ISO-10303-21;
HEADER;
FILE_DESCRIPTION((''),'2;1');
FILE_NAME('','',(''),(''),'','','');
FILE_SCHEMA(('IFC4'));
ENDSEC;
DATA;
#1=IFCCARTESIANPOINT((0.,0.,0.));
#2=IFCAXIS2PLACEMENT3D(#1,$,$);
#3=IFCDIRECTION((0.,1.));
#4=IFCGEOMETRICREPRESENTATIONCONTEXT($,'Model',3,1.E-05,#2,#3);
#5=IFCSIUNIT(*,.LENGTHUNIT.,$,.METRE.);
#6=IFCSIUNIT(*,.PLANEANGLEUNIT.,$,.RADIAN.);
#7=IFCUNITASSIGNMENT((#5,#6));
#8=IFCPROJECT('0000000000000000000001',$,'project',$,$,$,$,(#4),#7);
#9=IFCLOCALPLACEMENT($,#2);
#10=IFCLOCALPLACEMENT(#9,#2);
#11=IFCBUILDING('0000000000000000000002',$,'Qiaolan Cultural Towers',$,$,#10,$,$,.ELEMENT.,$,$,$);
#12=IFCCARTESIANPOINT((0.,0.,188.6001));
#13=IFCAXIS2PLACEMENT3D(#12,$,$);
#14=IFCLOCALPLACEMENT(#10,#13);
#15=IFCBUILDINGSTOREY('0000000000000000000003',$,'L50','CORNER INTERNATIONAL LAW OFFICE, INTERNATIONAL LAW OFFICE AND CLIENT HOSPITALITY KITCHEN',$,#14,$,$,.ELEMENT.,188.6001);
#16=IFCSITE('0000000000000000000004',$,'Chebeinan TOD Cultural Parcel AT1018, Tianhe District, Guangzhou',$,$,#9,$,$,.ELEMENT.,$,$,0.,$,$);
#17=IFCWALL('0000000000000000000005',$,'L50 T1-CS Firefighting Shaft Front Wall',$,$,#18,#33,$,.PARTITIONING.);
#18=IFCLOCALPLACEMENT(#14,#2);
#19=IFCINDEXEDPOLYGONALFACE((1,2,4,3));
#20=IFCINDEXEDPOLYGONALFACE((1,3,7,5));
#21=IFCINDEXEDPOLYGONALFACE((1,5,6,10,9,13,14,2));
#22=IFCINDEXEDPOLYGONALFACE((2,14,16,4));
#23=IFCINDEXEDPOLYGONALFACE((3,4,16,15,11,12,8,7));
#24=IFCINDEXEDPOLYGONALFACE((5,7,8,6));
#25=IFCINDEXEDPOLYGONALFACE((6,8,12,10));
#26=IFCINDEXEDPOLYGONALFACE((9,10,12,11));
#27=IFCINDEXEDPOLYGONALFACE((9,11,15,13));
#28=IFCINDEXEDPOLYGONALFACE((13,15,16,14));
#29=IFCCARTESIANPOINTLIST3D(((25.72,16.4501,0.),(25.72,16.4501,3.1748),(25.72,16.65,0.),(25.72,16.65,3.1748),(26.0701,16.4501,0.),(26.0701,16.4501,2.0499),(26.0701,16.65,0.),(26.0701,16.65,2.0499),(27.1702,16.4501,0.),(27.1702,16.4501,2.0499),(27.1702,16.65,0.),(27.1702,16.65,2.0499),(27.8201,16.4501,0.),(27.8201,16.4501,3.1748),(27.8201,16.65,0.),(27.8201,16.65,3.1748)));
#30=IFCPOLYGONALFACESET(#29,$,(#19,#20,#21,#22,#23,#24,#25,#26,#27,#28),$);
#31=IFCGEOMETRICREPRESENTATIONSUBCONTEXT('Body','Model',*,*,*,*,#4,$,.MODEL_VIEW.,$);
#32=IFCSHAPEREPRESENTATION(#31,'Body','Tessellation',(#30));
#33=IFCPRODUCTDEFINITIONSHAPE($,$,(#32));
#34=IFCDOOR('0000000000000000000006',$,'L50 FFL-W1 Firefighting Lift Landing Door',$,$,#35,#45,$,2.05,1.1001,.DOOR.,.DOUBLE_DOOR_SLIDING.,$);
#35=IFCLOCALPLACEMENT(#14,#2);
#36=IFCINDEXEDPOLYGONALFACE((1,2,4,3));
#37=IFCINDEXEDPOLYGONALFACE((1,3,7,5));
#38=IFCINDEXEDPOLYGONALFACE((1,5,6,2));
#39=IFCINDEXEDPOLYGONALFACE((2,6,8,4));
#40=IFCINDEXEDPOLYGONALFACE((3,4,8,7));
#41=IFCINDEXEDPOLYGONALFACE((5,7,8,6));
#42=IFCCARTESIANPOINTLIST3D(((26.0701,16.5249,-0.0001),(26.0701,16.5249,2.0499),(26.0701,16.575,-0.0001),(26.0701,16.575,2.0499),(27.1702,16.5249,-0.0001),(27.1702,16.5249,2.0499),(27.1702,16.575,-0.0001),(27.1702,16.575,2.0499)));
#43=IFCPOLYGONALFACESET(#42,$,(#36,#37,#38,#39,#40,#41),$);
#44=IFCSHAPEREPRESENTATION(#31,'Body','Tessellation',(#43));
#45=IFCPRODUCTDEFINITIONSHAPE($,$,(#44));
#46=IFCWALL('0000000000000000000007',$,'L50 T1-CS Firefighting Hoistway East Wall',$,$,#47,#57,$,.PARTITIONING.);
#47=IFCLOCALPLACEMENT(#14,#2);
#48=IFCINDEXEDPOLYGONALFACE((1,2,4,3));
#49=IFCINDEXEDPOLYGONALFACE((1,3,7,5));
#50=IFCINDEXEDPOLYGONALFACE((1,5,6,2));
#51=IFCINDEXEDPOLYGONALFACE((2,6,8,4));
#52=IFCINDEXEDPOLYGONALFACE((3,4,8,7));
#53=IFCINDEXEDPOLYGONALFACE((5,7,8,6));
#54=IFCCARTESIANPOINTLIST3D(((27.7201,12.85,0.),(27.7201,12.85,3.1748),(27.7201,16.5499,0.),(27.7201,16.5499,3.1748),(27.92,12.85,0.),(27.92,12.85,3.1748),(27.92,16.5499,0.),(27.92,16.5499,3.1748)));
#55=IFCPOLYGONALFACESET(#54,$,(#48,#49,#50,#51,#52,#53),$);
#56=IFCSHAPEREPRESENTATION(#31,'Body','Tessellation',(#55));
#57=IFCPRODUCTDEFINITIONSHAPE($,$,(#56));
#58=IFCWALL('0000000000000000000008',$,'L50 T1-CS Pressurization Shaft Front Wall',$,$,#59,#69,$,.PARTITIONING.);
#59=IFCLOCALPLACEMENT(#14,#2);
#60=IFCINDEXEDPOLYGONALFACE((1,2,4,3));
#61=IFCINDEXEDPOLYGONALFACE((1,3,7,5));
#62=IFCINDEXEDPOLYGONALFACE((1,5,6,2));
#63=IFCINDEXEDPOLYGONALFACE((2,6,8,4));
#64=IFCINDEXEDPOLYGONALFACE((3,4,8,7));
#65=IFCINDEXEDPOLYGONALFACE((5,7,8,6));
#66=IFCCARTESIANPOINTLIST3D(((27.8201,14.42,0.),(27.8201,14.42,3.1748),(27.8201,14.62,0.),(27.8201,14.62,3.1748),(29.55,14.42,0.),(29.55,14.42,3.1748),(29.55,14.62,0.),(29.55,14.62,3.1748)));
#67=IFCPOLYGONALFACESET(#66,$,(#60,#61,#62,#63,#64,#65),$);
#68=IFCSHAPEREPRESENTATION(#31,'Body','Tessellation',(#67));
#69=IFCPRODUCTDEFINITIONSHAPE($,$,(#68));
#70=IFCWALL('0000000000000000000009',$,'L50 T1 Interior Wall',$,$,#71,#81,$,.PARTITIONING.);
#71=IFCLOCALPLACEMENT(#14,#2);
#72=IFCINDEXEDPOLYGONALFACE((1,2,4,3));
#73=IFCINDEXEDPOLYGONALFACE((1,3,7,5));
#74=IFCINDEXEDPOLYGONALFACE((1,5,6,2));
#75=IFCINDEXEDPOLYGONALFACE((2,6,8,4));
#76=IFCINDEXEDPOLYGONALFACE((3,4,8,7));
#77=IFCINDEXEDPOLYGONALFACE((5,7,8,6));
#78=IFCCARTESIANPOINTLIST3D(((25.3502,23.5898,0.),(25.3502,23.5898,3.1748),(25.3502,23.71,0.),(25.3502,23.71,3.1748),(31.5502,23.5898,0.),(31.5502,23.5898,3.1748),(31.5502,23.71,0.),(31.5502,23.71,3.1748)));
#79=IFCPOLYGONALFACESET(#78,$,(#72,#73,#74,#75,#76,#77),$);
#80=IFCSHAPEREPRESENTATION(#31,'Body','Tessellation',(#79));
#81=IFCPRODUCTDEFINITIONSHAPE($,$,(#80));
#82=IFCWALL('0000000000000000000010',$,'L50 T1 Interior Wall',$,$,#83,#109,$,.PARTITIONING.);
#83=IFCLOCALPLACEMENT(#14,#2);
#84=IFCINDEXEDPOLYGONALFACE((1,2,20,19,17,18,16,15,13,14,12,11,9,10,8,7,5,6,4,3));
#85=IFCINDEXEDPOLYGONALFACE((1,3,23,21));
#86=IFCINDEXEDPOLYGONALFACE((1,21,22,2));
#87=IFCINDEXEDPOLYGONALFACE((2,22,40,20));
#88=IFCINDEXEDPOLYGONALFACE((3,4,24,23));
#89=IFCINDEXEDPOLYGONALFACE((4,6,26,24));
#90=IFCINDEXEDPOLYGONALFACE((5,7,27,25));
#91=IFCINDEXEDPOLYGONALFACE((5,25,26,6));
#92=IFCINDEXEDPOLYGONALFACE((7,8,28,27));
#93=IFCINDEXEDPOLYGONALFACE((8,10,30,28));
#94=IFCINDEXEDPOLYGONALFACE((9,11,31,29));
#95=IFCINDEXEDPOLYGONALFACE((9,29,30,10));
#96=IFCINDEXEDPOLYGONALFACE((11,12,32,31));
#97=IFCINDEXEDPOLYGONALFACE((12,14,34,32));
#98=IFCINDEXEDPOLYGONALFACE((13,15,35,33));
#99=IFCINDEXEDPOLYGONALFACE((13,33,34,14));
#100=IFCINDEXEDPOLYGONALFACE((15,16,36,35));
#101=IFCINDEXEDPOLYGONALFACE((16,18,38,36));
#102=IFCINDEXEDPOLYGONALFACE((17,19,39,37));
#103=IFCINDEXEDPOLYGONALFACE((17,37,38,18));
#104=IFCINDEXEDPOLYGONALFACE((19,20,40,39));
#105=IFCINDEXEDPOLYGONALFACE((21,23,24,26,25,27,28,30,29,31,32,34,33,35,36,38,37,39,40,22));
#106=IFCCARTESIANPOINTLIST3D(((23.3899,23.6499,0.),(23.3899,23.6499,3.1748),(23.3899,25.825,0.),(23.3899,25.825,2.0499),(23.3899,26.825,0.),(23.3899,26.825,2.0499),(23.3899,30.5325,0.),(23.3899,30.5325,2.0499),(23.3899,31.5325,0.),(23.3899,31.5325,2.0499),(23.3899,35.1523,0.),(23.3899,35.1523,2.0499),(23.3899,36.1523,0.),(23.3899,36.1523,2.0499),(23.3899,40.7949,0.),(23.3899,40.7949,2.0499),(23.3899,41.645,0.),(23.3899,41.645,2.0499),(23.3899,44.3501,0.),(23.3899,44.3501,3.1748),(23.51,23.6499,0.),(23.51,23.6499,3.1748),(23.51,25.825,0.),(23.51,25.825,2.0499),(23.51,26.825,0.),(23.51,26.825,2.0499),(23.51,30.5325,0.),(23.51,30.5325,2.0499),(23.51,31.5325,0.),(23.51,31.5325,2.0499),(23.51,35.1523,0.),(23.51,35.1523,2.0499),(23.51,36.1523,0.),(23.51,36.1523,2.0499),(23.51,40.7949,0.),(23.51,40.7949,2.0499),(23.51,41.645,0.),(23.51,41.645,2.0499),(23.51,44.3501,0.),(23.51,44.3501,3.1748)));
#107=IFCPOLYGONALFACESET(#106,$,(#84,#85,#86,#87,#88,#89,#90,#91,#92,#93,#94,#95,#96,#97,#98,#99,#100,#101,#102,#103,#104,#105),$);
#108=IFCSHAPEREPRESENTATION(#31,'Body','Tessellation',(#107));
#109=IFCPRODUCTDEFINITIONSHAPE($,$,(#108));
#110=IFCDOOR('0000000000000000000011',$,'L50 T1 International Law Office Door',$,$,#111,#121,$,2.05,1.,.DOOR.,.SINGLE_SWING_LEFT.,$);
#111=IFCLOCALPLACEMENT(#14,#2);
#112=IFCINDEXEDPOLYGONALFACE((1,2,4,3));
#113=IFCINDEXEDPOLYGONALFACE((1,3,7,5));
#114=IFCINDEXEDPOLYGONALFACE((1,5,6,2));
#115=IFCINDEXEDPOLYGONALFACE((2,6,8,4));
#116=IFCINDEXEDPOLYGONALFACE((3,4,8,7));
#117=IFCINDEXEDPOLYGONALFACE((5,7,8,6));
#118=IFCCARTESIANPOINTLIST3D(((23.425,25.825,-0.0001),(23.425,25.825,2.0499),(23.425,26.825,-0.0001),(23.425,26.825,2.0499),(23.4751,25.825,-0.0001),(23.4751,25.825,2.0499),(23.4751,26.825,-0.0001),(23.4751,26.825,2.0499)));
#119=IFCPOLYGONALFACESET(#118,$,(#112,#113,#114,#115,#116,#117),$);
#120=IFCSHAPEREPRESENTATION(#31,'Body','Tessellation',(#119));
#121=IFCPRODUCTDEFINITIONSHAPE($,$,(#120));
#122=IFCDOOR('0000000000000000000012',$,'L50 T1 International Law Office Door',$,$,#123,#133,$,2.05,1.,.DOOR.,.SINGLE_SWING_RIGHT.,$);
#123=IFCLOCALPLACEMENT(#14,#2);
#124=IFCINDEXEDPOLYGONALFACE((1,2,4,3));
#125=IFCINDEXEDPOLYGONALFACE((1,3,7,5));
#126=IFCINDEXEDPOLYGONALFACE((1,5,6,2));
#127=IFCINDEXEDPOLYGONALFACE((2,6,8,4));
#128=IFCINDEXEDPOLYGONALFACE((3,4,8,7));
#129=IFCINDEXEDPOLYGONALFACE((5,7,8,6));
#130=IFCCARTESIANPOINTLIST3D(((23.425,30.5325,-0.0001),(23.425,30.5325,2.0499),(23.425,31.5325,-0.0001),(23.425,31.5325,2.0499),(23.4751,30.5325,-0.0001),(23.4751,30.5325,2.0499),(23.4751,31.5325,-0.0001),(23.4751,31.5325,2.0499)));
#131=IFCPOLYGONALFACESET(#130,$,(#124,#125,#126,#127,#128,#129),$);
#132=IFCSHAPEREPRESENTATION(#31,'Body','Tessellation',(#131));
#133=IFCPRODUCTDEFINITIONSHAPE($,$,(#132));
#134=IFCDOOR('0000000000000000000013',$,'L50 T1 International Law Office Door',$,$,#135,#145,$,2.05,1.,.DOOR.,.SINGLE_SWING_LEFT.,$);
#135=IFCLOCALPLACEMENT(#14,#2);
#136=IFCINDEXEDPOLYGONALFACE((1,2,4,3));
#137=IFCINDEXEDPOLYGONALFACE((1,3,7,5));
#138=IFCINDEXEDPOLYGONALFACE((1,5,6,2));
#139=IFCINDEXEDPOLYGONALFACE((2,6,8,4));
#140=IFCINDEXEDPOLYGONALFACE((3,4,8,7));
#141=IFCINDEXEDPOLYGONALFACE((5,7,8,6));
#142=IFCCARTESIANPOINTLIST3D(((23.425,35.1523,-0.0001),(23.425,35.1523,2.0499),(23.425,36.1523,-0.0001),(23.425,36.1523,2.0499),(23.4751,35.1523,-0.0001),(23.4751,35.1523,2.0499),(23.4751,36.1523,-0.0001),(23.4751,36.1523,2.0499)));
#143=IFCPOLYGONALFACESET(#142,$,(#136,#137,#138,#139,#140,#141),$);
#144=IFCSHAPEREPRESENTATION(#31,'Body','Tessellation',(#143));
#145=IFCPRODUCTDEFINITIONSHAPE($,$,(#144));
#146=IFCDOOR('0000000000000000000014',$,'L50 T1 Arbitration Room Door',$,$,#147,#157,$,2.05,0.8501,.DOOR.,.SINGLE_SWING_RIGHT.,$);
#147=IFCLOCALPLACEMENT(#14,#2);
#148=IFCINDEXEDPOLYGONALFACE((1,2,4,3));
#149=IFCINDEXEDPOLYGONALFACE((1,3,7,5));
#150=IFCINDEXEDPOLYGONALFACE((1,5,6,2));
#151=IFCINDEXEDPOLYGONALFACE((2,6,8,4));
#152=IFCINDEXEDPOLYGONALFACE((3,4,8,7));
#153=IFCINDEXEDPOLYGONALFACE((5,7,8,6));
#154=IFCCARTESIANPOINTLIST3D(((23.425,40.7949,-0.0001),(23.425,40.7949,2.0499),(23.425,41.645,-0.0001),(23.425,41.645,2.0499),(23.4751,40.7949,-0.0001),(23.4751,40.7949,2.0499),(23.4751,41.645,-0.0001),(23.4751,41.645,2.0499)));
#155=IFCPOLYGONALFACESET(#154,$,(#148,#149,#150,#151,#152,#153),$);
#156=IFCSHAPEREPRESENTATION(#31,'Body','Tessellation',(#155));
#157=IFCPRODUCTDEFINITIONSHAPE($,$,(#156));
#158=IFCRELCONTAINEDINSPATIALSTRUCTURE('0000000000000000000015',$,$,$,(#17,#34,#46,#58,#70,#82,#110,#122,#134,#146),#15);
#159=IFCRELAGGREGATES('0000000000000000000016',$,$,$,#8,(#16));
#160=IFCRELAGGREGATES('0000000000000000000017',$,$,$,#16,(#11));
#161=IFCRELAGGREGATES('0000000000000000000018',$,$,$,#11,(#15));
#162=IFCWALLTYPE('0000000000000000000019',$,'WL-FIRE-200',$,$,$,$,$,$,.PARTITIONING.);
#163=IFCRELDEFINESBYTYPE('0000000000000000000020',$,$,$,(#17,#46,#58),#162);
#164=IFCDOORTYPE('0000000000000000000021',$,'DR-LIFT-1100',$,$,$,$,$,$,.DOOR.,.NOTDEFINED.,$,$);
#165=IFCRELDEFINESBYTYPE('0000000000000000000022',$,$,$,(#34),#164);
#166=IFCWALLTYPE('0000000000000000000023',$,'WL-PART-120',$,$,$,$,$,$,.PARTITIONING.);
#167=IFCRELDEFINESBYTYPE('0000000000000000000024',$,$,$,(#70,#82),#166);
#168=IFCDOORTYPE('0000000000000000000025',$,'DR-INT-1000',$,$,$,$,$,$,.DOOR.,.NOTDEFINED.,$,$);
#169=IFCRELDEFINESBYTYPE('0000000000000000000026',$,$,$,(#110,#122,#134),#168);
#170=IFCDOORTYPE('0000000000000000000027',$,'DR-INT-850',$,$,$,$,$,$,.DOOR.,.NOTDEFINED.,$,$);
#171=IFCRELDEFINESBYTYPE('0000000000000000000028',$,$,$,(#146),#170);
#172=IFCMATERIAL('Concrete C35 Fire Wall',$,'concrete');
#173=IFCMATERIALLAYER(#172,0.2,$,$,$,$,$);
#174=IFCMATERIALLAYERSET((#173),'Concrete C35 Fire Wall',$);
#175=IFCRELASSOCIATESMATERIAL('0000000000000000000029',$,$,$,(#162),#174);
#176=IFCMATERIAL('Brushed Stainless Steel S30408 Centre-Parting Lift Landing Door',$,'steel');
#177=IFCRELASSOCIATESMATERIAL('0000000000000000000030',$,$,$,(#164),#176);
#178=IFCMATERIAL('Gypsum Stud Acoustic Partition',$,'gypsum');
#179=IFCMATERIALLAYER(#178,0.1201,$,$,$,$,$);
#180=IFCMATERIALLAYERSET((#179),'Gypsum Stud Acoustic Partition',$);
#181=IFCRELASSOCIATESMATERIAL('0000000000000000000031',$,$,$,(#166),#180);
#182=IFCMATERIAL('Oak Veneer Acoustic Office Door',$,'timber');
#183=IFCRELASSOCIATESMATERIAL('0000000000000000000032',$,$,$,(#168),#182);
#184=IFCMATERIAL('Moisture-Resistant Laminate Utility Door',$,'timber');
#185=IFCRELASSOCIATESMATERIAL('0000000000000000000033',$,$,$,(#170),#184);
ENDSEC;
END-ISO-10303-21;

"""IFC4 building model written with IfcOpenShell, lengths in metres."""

from ifc_helpers import new_model, si_unit, direction, frame, frame_2d, origin, place, context, subcontext, project, spatial, rectangle, extrude, material, layer, layer_set, type_object, element, fill, save


model = new_model("IFC4")

# Units and contexts
model_context = context("Model", 3, precision=1e-05, world=origin(), true_north=direction((0.0, 1.0)))
body_context = subcontext(model_context, "Body", "Model", "MODEL_VIEW")
ifc_project = project(units=[si_unit("LENGTHUNIT", "METRE"), si_unit("PLANEANGLEUNIT", "RADIAN")], contexts=[model_context])

# Site, building, storey
site_placement = place(None, origin())
site = spatial("IfcSite", under=ifc_project, at=site_placement, Name="Chebeinan TOD Cultural Parcel AT1018, Tianhe District, Guangzhou", CompositionType="ELEMENT", RefElevation=0.0)
building_placement = place(site_placement, origin())
building = spatial("IfcBuilding", under=site, at=building_placement, Name="Qiaolan Cultural Towers", CompositionType="ELEMENT")
storey_placement = place(building_placement, frame((0.0, 0.0, 188.6001)))
storey = spatial("IfcBuildingStorey", under=building, at=storey_placement, Name="L50", Description="CORNER INTERNATIONAL LAW OFFICE, INTERNATIONAL LAW OFFICE AND CLIENT HOSPITALITY KITCHEN", CompositionType="ELEMENT", Elevation=188.6001)

# Wall, opening, door
ifc_material_1 = material(Name="Concrete C35 Fire Wall", Category="concrete")
ifc_layer_1 = layer(ifc_material_1, 0.2)
ifc_layer_set_1 = layer_set([ifc_layer_1], Name="Concrete C35 Fire Wall")
wall_type_1 = type_object("IfcWallType", Name="WL-FIRE-200", PredefinedType="PARTITIONING", material=ifc_layer_set_1)
wall_1_placement = place(storey_placement, frame((25.72, 16.55, 0.0), z_axis=(0.0, 0.0, 1.0), x_axis=(1.0, 0.0, 0.0)))
wall_1 = element("IfcWall", 1, at=wall_1_placement, inside=storey, type_object=wall_type_1, Name="L50 T1-CS Firefighting Shaft Front Wall", PredefinedType="PARTITIONING", context=body_context, shape_type="SweptSolid", body=[
    extrude(rectangle(XDim=2.1001, YDim=0.2, at=frame_2d((1.05, 0.0))), origin(), (0.0, 0.0, 1.0), 3.1748),
])
opening_1_placement = place(wall_1_placement, frame((0.3501, 0.0, 0.0)))
opening_1 = element("IfcOpeningElement", 2, at=opening_1_placement, cuts=wall_1, PredefinedType="OPENING", context=body_context, shape_type="SweptSolid", body=[
    extrude(rectangle(XDim=1.1001, YDim=2.05, at=frame_2d((0.55, 1.0249))), frame((0.0, 0.1099, 0.0), z_axis=(0.0, -1.0, 0.0), x_axis=(1.0, 0.0, 0.0)), (0.0, 0.0, 1.0), 0.22),
])
ifc_material_2 = material(Name="Brushed Stainless Steel S30408 Centre-Parting Lift Landing Door", Category="steel")
door_type_1 = type_object("IfcDoorType", Name="DR-LIFT-1100", OperationType="NOTDEFINED", PredefinedType="DOOR", material=ifc_material_2)
door_1_placement = place(opening_1_placement, origin())
door_1 = element("IfcDoor", 3, at=door_1_placement, inside=storey, type_object=door_type_1, Name="L50 FFL-W1 Firefighting Lift Landing Door", OperationType="DOUBLE_DOOR_SLIDING", OverallHeight=2.05, OverallWidth=1.1001, PredefinedType="DOOR", context=body_context, shape_type="SweptSolid", body=[
    extrude(rectangle(XDim=1.1001, YDim=2.05, at=frame_2d((0.55, 1.0249))), frame((0.0, 0.0249, 0.0), z_axis=(0.0, -1.0, 0.0), x_axis=(1.0, 0.0, 0.0)), (0.0, 0.0, 1.0), 0.05),
])
fill(opening_1, door_1)

# Walls
wall_2_placement = place(storey_placement, frame((27.8201, 16.55, 0.0), z_axis=(0.0, 0.0, 1.0), x_axis=(0.0, -1.0, 0.0)))
element("IfcWall", 4, at=wall_2_placement, inside=storey, type_object=wall_type_1, Name="L50 T1-CS Firefighting Hoistway East Wall", PredefinedType="PARTITIONING", context=body_context, shape_type="SweptSolid", body=[
    extrude(rectangle(XDim=3.7, YDim=0.2, at=frame_2d((1.8501, 0.0))), origin(), (0.0, 0.0, 1.0), 3.1748),
])
wall_3_placement = place(storey_placement, frame((27.8201, 14.52, 0.0), z_axis=(0.0, 0.0, 1.0), x_axis=(1.0, 0.0, 0.0)))
element("IfcWall", 5, at=wall_3_placement, inside=storey, type_object=wall_type_1, Name="L50 T1-CS Pressurization Shaft Front Wall", PredefinedType="PARTITIONING", context=body_context, shape_type="SweptSolid", body=[
    extrude(rectangle(XDim=1.73, YDim=0.2, at=frame_2d((0.865, 0.0))), origin(), (0.0, 0.0, 1.0), 3.1748),
])
ifc_material_3 = material(Name="Gypsum Stud Acoustic Partition", Category="gypsum")
ifc_layer_2 = layer(ifc_material_3, 0.1201)
ifc_layer_set_2 = layer_set([ifc_layer_2], Name="Gypsum Stud Acoustic Partition")
wall_type_2 = type_object("IfcWallType", Name="WL-PART-120", PredefinedType="PARTITIONING", material=ifc_layer_set_2)
wall_4_placement = place(storey_placement, frame((25.3501, 23.6499, 0.0), z_axis=(0.0, 0.0, 1.0), x_axis=(1.0, 0.0, 0.0)))
element("IfcWall", 6, at=wall_4_placement, inside=storey, type_object=wall_type_2, Name="L50 T1 Interior Wall", PredefinedType="PARTITIONING", context=body_context, shape_type="SweptSolid", body=[
    extrude(rectangle(XDim=6.2, YDim=0.1201, at=frame_2d((3.1001, 0.0))), origin(), (0.0, 0.0, 1.0), 3.1748),
])

# Wall, openings, doors
wall_5_placement = place(storey_placement, frame((23.45, 23.6499, 0.0), z_axis=(0.0, 0.0, 1.0), x_axis=(0.0, 1.0, 0.0)))
wall_5 = element("IfcWall", 7, at=wall_5_placement, inside=storey, type_object=wall_type_2, Name="L50 T1 Interior Wall", PredefinedType="PARTITIONING", context=body_context, shape_type="SweptSolid", body=[
    extrude(rectangle(XDim=20.7002, YDim=0.1201, at=frame_2d((10.3501, 0.0))), origin(), (0.0, 0.0, 1.0), 3.1748),
])
opening_2_placement = place(wall_5_placement, frame((2.175, 0.0, 0.0)))
opening_2 = element("IfcOpeningElement", 8, at=opening_2_placement, cuts=wall_5, PredefinedType="OPENING", context=body_context, shape_type="SweptSolid", body=[
    extrude(rectangle(XDim=1.0, YDim=2.05, at=frame_2d((0.5, 1.0249))), frame((0.0, 0.0701, 0.0), z_axis=(0.0, -1.0, 0.0), x_axis=(1.0, 0.0, 0.0)), (0.0, 0.0, 1.0), 0.1401),
])
opening_3_placement = place(wall_5_placement, frame((6.8826, 0.0, 0.0)))
opening_3 = element("IfcOpeningElement", 9, at=opening_3_placement, cuts=wall_5, PredefinedType="OPENING", context=body_context, shape_type="SweptSolid", body=[
    extrude(rectangle(XDim=1.0, YDim=2.05, at=frame_2d((0.5, 1.0249))), frame((0.0, 0.0701, 0.0), z_axis=(0.0, -1.0, 0.0), x_axis=(1.0, 0.0, 0.0)), (0.0, 0.0, 1.0), 0.1401),
])
opening_4_placement = place(wall_5_placement, frame((11.5024, 0.0, 0.0)))
opening_4 = element("IfcOpeningElement", 10, at=opening_4_placement, cuts=wall_5, PredefinedType="OPENING", context=body_context, shape_type="SweptSolid", body=[
    extrude(rectangle(XDim=1.0, YDim=2.05, at=frame_2d((0.5, 1.0249))), frame((0.0, 0.0701, 0.0), z_axis=(0.0, -1.0, 0.0), x_axis=(1.0, 0.0, 0.0)), (0.0, 0.0, 1.0), 0.1401),
])
opening_5_placement = place(wall_5_placement, frame((17.145, 0.0, 0.0)))
opening_5 = element("IfcOpeningElement", 11, at=opening_5_placement, cuts=wall_5, PredefinedType="OPENING", context=body_context, shape_type="SweptSolid", body=[
    extrude(rectangle(XDim=0.8501, YDim=2.05, at=frame_2d((0.425, 1.0249))), frame((0.0, 0.0701, 0.0), z_axis=(0.0, -1.0, 0.0), x_axis=(1.0, 0.0, 0.0)), (0.0, 0.0, 1.0), 0.1401),
])
ifc_material_4 = material(Name="Oak Veneer Acoustic Office Door", Category="timber")
door_type_2 = type_object("IfcDoorType", Name="DR-INT-1000", OperationType="NOTDEFINED", PredefinedType="DOOR", material=ifc_material_4)
door_2_placement = place(opening_2_placement, origin())
door_2 = element("IfcDoor", 12, at=door_2_placement, inside=storey, type_object=door_type_2, Name="L50 T1 International Law Office Door", OperationType="SINGLE_SWING_LEFT", OverallHeight=2.05, OverallWidth=1.0, PredefinedType="DOOR", context=body_context, shape_type="SweptSolid", body=[
    extrude(rectangle(XDim=1.0, YDim=2.05, at=frame_2d((0.5, 1.0249))), frame((0.0, 0.0249, 0.0), z_axis=(0.0, -1.0, 0.0), x_axis=(1.0, 0.0, 0.0)), (0.0, 0.0, 1.0), 0.05),
])
fill(opening_2, door_2)
door_3_placement = place(opening_3_placement, origin())
door_3 = element("IfcDoor", 13, at=door_3_placement, inside=storey, type_object=door_type_2, Name="L50 T1 International Law Office Door", OperationType="SINGLE_SWING_RIGHT", OverallHeight=2.05, OverallWidth=1.0, PredefinedType="DOOR", context=body_context, shape_type="SweptSolid", body=[
    extrude(rectangle(XDim=1.0, YDim=2.05, at=frame_2d((0.5, 1.0249))), frame((0.0, 0.0249, 0.0), z_axis=(0.0, -1.0, 0.0), x_axis=(1.0, 0.0, 0.0)), (0.0, 0.0, 1.0), 0.05),
])
fill(opening_3, door_3)
door_4_placement = place(opening_4_placement, origin())
door_4 = element("IfcDoor", 14, at=door_4_placement, inside=storey, type_object=door_type_2, Name="L50 T1 International Law Office Door", OperationType="SINGLE_SWING_LEFT", OverallHeight=2.05, OverallWidth=1.0, PredefinedType="DOOR", context=body_context, shape_type="SweptSolid", body=[
    extrude(rectangle(XDim=1.0, YDim=2.05, at=frame_2d((0.5, 1.0249))), frame((0.0, 0.0249, 0.0), z_axis=(0.0, -1.0, 0.0), x_axis=(1.0, 0.0, 0.0)), (0.0, 0.0, 1.0), 0.05),
])
fill(opening_4, door_4)
ifc_material_5 = material(Name="Moisture-Resistant Laminate Utility Door", Category="timber")
door_type_3 = type_object("IfcDoorType", Name="DR-INT-850", OperationType="NOTDEFINED", PredefinedType="DOOR", material=ifc_material_5)
door_5_placement = place(opening_5_placement, origin())
door_5 = element("IfcDoor", 15, at=door_5_placement, inside=storey, type_object=door_type_3, Name="L50 T1 Arbitration Room Door", OperationType="SINGLE_SWING_RIGHT", OverallHeight=2.05, OverallWidth=0.8501, PredefinedType="DOOR", context=body_context, shape_type="SweptSolid", body=[
    extrude(rectangle(XDim=0.8501, YDim=2.05, at=frame_2d((0.425, 1.0249))), frame((0.0, 0.0249, 0.0), z_axis=(0.0, -1.0, 0.0), x_axis=(1.0, 0.0, 0.0)), (0.0, 0.0, 1.0), 0.05),
])
fill(opening_5, door_5)

save(model, "model.ifc")
